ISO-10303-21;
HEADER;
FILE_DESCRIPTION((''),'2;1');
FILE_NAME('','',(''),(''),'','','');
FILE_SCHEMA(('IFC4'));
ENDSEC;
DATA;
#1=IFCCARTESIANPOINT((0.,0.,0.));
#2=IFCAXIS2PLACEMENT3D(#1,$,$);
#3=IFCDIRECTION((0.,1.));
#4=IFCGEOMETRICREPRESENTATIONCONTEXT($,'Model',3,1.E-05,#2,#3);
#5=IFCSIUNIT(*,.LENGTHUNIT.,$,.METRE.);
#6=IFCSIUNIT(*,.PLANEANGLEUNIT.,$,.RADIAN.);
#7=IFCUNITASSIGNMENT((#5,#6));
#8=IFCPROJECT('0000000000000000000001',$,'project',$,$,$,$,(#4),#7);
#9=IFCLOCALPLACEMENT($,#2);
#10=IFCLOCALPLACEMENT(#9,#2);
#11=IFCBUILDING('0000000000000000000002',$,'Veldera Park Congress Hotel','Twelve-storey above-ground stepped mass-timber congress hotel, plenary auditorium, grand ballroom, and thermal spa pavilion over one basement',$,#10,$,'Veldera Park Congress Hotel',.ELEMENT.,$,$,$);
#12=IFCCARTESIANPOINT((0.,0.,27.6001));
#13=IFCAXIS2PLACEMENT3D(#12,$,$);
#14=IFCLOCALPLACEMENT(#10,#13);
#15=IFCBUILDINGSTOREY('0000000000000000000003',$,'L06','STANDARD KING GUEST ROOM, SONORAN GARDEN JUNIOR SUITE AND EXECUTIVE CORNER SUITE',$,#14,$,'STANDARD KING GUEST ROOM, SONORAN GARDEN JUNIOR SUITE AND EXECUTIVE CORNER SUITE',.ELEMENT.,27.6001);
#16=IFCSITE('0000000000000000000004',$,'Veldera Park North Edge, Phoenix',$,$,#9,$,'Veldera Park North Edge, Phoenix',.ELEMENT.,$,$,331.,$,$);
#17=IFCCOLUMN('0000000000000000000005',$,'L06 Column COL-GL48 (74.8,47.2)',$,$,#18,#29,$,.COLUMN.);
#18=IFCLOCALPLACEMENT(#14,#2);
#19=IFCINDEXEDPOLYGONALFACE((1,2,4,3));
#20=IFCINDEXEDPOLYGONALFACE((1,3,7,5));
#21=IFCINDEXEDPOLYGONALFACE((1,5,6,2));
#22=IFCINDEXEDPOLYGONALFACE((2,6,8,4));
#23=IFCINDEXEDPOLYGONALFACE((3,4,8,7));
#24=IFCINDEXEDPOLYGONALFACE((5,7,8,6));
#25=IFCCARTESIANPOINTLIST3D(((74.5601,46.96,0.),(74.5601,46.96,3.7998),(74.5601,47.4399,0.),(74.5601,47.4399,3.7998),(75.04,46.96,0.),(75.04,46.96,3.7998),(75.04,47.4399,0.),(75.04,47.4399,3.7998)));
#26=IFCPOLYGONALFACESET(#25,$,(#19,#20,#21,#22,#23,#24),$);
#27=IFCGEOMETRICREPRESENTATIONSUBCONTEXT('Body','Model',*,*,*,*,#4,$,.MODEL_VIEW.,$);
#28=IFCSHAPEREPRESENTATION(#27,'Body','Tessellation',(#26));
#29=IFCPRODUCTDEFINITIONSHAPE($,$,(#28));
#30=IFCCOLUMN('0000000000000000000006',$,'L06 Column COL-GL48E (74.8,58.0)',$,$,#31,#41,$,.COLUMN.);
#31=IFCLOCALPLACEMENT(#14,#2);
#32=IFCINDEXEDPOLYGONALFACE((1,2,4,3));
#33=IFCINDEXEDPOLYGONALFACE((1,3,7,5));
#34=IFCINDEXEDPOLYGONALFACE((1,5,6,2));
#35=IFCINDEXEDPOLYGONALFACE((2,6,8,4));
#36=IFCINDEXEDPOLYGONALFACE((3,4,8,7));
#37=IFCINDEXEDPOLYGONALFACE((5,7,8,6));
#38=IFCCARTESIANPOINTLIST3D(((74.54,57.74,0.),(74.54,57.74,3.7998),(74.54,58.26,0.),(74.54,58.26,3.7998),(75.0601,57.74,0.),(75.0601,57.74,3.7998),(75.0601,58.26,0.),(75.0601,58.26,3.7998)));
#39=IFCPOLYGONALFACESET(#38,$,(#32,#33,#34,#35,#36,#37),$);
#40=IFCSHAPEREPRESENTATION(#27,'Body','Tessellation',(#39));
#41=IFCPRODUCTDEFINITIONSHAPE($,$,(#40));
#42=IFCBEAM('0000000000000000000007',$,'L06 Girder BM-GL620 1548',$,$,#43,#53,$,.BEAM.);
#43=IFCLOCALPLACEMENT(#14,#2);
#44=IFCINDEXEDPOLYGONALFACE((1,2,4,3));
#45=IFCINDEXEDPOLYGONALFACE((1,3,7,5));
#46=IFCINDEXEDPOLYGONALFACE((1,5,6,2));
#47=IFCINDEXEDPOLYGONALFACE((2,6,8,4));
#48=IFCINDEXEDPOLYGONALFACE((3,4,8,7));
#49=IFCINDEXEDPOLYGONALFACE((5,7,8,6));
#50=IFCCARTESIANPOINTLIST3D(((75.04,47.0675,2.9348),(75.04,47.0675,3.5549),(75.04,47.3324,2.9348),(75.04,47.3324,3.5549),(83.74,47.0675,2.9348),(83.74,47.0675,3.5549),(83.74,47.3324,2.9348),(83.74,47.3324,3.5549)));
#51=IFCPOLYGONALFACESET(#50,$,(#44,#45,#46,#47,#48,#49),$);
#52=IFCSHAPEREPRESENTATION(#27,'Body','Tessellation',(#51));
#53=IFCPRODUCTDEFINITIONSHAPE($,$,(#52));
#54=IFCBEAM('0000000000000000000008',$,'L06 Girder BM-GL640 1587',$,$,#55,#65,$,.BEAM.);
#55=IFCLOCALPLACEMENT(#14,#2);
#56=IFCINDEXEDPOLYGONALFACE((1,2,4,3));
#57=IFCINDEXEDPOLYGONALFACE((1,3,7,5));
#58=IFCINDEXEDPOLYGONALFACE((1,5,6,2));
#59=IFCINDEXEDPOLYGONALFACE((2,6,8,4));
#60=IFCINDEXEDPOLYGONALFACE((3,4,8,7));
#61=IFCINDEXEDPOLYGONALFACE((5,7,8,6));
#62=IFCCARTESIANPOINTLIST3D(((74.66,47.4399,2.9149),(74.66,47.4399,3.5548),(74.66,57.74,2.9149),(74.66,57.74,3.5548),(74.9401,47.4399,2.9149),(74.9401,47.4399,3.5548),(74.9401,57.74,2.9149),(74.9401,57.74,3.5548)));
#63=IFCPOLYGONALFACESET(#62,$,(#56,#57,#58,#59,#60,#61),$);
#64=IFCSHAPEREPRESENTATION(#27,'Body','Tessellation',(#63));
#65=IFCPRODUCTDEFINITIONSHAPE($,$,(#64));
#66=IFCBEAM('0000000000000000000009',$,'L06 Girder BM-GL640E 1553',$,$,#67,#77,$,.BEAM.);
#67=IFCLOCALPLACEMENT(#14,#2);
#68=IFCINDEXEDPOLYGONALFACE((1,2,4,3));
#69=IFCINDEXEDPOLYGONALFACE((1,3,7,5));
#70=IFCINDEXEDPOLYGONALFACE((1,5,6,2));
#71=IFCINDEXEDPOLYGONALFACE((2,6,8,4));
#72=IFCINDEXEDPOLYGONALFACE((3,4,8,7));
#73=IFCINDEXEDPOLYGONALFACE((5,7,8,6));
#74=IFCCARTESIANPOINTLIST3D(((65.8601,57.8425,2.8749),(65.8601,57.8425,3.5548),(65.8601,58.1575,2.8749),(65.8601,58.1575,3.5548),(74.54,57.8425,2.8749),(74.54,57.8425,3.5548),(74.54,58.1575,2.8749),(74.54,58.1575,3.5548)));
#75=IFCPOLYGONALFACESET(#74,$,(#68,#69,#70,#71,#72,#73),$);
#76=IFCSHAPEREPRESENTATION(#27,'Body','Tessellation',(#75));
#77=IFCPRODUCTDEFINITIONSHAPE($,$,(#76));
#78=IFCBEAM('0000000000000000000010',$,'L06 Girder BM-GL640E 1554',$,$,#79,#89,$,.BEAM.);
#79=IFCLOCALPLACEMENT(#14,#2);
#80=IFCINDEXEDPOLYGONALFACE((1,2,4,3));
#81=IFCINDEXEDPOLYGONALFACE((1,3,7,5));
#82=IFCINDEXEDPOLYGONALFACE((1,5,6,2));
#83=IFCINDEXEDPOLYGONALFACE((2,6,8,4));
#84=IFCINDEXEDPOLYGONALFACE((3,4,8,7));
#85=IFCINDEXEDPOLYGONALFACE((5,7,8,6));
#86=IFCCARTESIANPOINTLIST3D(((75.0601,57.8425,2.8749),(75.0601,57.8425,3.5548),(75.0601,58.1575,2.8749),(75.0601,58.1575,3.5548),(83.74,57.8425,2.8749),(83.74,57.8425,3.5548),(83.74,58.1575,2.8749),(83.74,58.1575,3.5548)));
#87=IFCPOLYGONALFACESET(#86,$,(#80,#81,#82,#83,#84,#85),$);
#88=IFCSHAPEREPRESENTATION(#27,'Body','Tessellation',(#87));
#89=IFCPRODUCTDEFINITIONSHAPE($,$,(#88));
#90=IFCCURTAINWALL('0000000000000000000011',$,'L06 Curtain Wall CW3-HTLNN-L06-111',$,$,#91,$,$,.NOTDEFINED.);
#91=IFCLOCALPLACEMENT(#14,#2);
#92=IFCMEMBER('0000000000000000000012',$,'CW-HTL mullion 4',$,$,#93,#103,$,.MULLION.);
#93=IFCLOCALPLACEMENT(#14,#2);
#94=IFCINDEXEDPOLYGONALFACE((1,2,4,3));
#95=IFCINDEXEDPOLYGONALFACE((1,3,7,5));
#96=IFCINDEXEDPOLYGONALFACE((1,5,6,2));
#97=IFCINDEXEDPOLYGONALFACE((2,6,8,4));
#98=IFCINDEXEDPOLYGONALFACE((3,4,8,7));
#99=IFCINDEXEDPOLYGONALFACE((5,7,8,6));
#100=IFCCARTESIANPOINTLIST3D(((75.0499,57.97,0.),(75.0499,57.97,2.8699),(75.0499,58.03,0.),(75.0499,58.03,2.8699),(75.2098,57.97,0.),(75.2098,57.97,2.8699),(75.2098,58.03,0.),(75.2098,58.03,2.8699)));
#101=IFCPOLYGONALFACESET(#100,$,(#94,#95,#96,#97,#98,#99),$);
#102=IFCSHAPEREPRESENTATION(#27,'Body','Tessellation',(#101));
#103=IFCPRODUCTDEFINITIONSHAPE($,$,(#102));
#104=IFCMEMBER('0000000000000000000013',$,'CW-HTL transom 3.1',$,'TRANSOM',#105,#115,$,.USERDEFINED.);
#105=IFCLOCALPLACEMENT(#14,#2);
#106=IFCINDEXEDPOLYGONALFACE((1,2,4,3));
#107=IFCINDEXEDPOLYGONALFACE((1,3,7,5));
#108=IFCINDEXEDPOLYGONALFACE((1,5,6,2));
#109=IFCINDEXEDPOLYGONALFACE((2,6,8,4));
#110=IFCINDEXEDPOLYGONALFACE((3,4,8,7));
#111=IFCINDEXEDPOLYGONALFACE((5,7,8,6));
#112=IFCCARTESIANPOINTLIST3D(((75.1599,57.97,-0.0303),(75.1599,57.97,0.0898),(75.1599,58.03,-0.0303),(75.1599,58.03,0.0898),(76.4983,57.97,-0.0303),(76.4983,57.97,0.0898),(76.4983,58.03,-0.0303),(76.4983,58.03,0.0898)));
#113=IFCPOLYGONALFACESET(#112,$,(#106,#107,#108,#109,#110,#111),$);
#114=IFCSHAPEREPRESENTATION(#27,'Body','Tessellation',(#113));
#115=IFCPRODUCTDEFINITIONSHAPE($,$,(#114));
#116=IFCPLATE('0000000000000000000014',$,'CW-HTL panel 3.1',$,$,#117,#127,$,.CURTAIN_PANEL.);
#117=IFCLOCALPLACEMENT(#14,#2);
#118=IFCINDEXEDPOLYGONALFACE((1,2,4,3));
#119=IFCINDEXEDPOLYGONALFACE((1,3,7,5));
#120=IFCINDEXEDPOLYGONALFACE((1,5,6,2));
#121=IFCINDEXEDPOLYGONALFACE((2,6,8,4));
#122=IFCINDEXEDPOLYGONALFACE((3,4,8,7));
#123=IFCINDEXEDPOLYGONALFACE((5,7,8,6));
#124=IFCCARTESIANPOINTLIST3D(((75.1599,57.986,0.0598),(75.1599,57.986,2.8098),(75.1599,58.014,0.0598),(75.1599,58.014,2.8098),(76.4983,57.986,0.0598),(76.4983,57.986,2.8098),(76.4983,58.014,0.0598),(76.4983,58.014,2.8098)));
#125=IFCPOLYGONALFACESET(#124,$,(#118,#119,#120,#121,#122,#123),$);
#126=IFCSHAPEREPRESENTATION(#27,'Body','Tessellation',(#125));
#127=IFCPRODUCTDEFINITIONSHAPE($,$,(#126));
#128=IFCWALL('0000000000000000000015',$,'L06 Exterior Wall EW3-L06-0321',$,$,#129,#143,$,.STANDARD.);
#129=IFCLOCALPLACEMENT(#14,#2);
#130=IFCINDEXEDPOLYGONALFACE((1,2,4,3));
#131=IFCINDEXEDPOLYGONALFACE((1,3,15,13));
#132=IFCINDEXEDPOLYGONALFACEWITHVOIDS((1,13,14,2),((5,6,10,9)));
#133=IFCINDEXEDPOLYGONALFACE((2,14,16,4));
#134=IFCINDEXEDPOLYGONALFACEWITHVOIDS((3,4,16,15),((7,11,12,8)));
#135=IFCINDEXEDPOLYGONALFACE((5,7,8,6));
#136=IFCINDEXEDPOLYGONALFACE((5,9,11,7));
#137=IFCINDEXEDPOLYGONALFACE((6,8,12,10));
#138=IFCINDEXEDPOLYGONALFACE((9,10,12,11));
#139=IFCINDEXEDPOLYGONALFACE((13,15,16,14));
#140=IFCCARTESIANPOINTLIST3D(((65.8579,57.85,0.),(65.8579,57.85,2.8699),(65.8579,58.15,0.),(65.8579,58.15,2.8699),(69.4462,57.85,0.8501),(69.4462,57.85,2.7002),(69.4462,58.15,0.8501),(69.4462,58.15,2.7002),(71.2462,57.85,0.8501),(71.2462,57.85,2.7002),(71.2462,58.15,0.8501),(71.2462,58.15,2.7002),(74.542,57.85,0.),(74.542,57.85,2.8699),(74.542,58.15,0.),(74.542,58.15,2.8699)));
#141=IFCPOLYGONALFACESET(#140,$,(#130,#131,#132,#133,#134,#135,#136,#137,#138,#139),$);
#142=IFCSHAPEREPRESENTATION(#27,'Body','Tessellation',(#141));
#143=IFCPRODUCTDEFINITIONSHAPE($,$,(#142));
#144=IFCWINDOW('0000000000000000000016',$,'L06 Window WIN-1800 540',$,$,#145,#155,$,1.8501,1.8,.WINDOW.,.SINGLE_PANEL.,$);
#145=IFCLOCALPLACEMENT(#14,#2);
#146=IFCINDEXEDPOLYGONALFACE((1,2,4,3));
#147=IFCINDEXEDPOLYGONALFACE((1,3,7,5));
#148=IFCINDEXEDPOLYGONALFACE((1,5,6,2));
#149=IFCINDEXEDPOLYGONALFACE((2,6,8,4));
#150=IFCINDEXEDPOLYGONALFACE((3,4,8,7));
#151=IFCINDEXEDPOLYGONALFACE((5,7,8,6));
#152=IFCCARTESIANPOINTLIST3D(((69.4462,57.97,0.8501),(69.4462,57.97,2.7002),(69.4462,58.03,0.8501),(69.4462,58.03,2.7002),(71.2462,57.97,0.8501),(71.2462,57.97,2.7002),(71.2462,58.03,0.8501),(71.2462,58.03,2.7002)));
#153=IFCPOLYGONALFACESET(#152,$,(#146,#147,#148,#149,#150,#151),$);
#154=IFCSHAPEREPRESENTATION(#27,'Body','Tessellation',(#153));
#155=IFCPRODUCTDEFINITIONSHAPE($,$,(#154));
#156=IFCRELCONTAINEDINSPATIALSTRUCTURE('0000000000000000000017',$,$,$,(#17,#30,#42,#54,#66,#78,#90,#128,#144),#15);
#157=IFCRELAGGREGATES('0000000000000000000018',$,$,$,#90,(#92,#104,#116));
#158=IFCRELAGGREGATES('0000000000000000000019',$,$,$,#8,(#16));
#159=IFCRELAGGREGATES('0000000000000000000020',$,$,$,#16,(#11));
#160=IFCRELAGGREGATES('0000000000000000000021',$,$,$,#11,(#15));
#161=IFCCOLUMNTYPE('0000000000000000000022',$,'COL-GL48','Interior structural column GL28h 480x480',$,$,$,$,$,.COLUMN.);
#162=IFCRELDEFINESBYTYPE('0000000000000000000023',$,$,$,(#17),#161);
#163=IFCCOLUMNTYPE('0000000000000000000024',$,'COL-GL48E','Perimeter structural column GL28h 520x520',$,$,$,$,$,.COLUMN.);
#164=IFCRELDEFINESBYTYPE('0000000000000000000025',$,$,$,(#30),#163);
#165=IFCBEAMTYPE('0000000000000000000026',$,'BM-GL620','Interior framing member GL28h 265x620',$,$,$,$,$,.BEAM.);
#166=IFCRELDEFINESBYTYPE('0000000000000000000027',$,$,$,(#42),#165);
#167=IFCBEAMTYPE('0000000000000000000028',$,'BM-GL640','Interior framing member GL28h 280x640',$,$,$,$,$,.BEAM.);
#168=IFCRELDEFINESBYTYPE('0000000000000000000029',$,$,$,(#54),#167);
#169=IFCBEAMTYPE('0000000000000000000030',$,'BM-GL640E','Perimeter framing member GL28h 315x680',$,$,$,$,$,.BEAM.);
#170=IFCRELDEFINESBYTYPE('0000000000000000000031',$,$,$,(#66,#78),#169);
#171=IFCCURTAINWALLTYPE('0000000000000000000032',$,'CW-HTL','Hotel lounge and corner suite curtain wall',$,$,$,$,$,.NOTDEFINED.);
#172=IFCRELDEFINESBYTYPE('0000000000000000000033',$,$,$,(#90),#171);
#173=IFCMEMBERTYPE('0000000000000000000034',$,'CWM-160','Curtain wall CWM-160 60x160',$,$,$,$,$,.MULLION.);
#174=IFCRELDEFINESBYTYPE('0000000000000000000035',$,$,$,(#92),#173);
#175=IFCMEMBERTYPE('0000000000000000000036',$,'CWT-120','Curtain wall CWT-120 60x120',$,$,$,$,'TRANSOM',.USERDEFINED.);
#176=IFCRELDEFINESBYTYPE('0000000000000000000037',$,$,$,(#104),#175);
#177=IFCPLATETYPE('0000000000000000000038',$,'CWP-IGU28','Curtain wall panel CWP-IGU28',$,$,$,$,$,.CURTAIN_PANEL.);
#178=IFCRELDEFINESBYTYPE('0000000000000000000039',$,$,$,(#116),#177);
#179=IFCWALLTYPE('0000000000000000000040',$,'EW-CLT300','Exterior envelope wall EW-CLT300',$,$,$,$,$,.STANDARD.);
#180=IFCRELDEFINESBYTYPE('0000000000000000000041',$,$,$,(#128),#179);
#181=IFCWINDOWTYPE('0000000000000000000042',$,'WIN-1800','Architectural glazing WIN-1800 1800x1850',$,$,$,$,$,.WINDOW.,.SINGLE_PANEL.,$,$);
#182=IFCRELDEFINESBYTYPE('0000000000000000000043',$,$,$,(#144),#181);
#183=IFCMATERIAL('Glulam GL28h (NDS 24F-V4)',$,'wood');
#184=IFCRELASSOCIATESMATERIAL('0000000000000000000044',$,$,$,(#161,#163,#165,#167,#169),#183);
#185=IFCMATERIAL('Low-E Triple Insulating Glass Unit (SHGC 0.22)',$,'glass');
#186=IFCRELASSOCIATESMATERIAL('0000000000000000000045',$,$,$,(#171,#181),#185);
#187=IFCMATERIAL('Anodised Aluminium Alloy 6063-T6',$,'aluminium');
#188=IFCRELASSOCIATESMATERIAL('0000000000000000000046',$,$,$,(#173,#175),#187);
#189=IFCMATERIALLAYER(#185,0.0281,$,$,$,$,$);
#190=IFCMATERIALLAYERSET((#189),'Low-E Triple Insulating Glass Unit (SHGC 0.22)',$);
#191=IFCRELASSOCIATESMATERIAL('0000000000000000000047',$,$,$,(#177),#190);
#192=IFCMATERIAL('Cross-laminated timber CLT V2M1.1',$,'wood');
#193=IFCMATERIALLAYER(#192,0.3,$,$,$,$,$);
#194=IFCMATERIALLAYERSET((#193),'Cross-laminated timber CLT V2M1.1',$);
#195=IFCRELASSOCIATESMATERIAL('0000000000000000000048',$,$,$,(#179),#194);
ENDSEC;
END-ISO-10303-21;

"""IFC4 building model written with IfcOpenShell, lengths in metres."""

from ifc_helpers import new_model, si_unit, direction, frame, frame_2d, origin, origin_2d, place, context, subcontext, project, spatial, rectangle, extrude, material, layer, layer_set, material_profile, profile_set, type_object, element, fill, aggregate, save


model = new_model("IFC4")

# Units and contexts
model_context = context("Model", 3, precision=1e-05, world=origin(), true_north=direction((0.0, 1.0)))
body_context = subcontext(model_context, "Body", "Model", "MODEL_VIEW")
ifc_project = project(units=[si_unit("LENGTHUNIT", "METRE"), si_unit("PLANEANGLEUNIT", "RADIAN")], contexts=[model_context])

# Site, building, storey
site_placement = place(None, origin())
site = spatial("IfcSite", under=ifc_project, at=site_placement, Name="Veldera Park North Edge, Phoenix", LongName="Veldera Park North Edge, Phoenix", CompositionType="ELEMENT", RefElevation=331.0)
building_placement = place(site_placement, origin())
building = spatial("IfcBuilding", under=site, at=building_placement, Name="Veldera Park Congress Hotel", Description="Twelve-storey above-ground stepped mass-timber congress hotel, plenary auditorium, grand ballroom, and thermal spa pavilion over one basement", LongName="Veldera Park Congress Hotel", CompositionType="ELEMENT")
storey_placement = place(building_placement, frame((0.0, 0.0, 27.6001)))
storey = spatial("IfcBuildingStorey", under=building, at=storey_placement, Name="L06", Description="STANDARD KING GUEST ROOM, SONORAN GARDEN JUNIOR SUITE AND EXECUTIVE CORNER SUITE", LongName="STANDARD KING GUEST ROOM, SONORAN GARDEN JUNIOR SUITE AND EXECUTIVE CORNER SUITE", CompositionType="ELEMENT", Elevation=27.6001)

# Columns
ifc_material_1 = material(Name="Glulam GL28h (NDS 24F-V4)", Category="wood")
ifc_material_profile_1 = material_profile(ifc_material_1, rectangle(XDim=0.48, YDim=0.48, at=origin_2d()), Name="GL28h 480x480")
ifc_profile_set_1 = profile_set([ifc_material_profile_1], Name="Glulam GL28h (NDS 24F-V4)")
column_type_1 = type_object("IfcColumnType", Name="COL-GL48", Description="Interior structural column GL28h 480x480", PredefinedType="COLUMN", material=ifc_profile_set_1)
column_1_placement = place(storey_placement, frame((74.8, 47.2, 0.0), z_axis=(0.0, 0.0, 1.0), x_axis=(1.0, 0.0, 0.0)))
element("IfcColumn", 1, at=column_1_placement, inside=storey, type_object=column_type_1, Name="L06 Column COL-GL48 (74.8,47.2)", PredefinedType="COLUMN", context=body_context, shape_type="SweptSolid", body=[
    extrude(rectangle(XDim=0.48, YDim=0.48, at=origin_2d()), origin(), (0.0, 0.0, 1.0), 3.7998),
])
ifc_material_profile_2 = material_profile(ifc_material_1, rectangle(XDim=0.52, YDim=0.52, at=origin_2d()), Name="GL28h 520x520")
ifc_profile_set_2 = profile_set([ifc_material_profile_2], Name="Glulam GL28h (NDS 24F-V4)")
column_type_2 = type_object("IfcColumnType", Name="COL-GL48E", Description="Perimeter structural column GL28h 520x520", PredefinedType="COLUMN", material=ifc_profile_set_2)
column_2_placement = place(storey_placement, frame((74.8, 58.0, 0.0), z_axis=(0.0, 0.0, 1.0), x_axis=(1.0, 0.0, 0.0)))
element("IfcColumn", 2, at=column_2_placement, inside=storey, type_object=column_type_2, Name="L06 Column COL-GL48E (74.8,58.0)", PredefinedType="COLUMN", context=body_context, shape_type="SweptSolid", body=[
    extrude(rectangle(XDim=0.52, YDim=0.52, at=origin_2d()), origin(), (0.0, 0.0, 1.0), 3.7998),
])

# Beams
ifc_material_profile_3 = material_profile(ifc_material_1, rectangle(XDim=0.2649, YDim=0.6201, at=origin_2d()), Name="GL28h 265x620")
ifc_profile_set_3 = profile_set([ifc_material_profile_3], Name="Glulam GL28h (NDS 24F-V4)")
beam_type_1 = type_object("IfcBeamType", Name="BM-GL620", Description="Interior framing member GL28h 265x620", PredefinedType="BEAM", material=ifc_profile_set_3)
beam_1_placement = place(storey_placement, frame((75.04, 47.2, 3.2449), z_axis=(1.0, 0.0, 0.0), x_axis=(0.0, 1.0, 0.0)))
element("IfcBeam", 3, at=beam_1_placement, inside=storey, type_object=beam_type_1, Name="L06 Girder BM-GL620 1548", PredefinedType="BEAM", context=body_context, shape_type="SweptSolid", body=[
    extrude(rectangle(XDim=0.2649, YDim=0.6201, at=origin_2d()), origin(), (0.0, 0.0, 1.0), 8.7),
])
ifc_material_profile_4 = material_profile(ifc_material_1, rectangle(XDim=0.28, YDim=0.6399, at=origin_2d()), Name="GL28h 280x640")
ifc_profile_set_4 = profile_set([ifc_material_profile_4], Name="Glulam GL28h (NDS 24F-V4)")
beam_type_2 = type_object("IfcBeamType", Name="BM-GL640", Description="Interior framing member GL28h 280x640", PredefinedType="BEAM", material=ifc_profile_set_4)
beam_2_placement = place(storey_placement, frame((74.8, 47.4399, 3.2349), z_axis=(0.0, 1.0, 0.0), x_axis=(-1.0, 0.0, 0.0)))
element("IfcBeam", 4, at=beam_2_placement, inside=storey, type_object=beam_type_2, Name="L06 Girder BM-GL640 1587", PredefinedType="BEAM", context=body_context, shape_type="SweptSolid", body=[
    extrude(rectangle(XDim=0.28, YDim=0.6399, at=origin_2d()), origin(), (0.0, 0.0, 1.0), 10.3),
])
ifc_material_profile_5 = material_profile(ifc_material_1, rectangle(XDim=0.3149, YDim=0.6799, at=origin_2d()), Name="GL28h 315x680")
ifc_profile_set_5 = profile_set([ifc_material_profile_5], Name="Glulam GL28h (NDS 24F-V4)")
beam_type_3 = type_object("IfcBeamType", Name="BM-GL640E", Description="Perimeter framing member GL28h 315x680", PredefinedType="BEAM", material=ifc_profile_set_5)
for number, where, z_axis, x_axis, name in (
    (5, (65.8601, 58.0, 3.2148), (1.0, 0.0, 0.0), (0.0, 1.0, 0.0), "L06 Girder BM-GL640E 1553"),
    (6, (75.0601, 58.0, 3.2148), (1.0, 0.0, 0.0), (0.0, 1.0, 0.0), "L06 Girder BM-GL640E 1554"),
):
    element("IfcBeam", number, at=place(storey_placement, frame(where, z_axis=z_axis, x_axis=x_axis)), inside=storey, type_object=beam_type_3, Name=name, PredefinedType="BEAM", context=body_context, shape_type="SweptSolid", body=[
        extrude(rectangle(XDim=0.3149, YDim=0.6799, at=origin_2d()), origin(), (0.0, 0.0, 1.0), 8.6799),
    ])

# Curtain wall, members, plate
ifc_material_2 = material(Name="Low-E Triple Insulating Glass Unit (SHGC 0.22)", Category="glass")
curtain_wall_type = type_object("IfcCurtainWallType", Name="CW-HTL", Description="Hotel lounge and corner suite curtain wall", PredefinedType="NOTDEFINED", material=ifc_material_2)
curtain_wall_placement = place(storey_placement, origin())
curtain_wall = element("IfcCurtainWall", 7, at=curtain_wall_placement, inside=storey, type_object=curtain_wall_type, Name="L06 Curtain Wall CW3-HTLNN-L06-111", PredefinedType="NOTDEFINED")
ifc_material_3 = material(Name="Anodised Aluminium Alloy 6063-T6", Category="aluminium")
ifc_material_profile_6 = material_profile(ifc_material_3, rectangle(XDim=0.0601, YDim=0.1599, at=origin_2d()), Name="ALU 60x160")
ifc_profile_set_6 = profile_set([ifc_material_profile_6], Name="Anodised Aluminium Alloy 6063-T6")
member_type_1 = type_object("IfcMemberType", Name="CWM-160", Description="Curtain wall CWM-160 60x160", PredefinedType="MULLION", material=ifc_profile_set_6)
member_1_placement = place(storey_placement, frame((75.1299, 58.0, 0.0), z_axis=(0.0, 0.0, 1.0), x_axis=(0.0, -1.0, 0.0)))
member_1 = element("IfcMember", 8, at=member_1_placement, type_object=member_type_1, Name="CW-HTL mullion 4", PredefinedType="MULLION", context=body_context, shape_type="SweptSolid", body=[
    extrude(rectangle(XDim=0.0601, YDim=0.1599, at=origin_2d()), origin(), (0.0, 0.0, 1.0), 2.8699),
])
ifc_material_profile_7 = material_profile(ifc_material_3, rectangle(XDim=0.0601, YDim=0.1201, at=origin_2d()), Name="ALU 60x120")
ifc_profile_set_7 = profile_set([ifc_material_profile_7], Name="Anodised Aluminium Alloy 6063-T6")
member_type_2 = type_object("IfcMemberType", Name="CWT-120", Description="Curtain wall CWT-120 60x120", ElementType="TRANSOM", PredefinedType="USERDEFINED", material=ifc_profile_set_7)
member_2_placement = place(storey_placement, frame((76.4983, 58.0, 0.0298), z_axis=(-1.0, 0.0, 0.0), x_axis=(0.0, -1.0, 0.0)))
member_2 = element("IfcMember", 9, at=member_2_placement, type_object=member_type_2, Name="CW-HTL transom 3.1", ObjectType="TRANSOM", PredefinedType="USERDEFINED", context=body_context, shape_type="SweptSolid", body=[
    extrude(rectangle(XDim=0.0601, YDim=0.1201, at=origin_2d()), origin(), (0.0, 0.0, 1.0), 1.3384),
])
ifc_layer_1 = layer(ifc_material_2, 0.0281)
ifc_layer_set_1 = layer_set([ifc_layer_1], Name="Low-E Triple Insulating Glass Unit (SHGC 0.22)")
plate_type = type_object("IfcPlateType", Name="CWP-IGU28", Description="Curtain wall panel CWP-IGU28", PredefinedType="CURTAIN_PANEL", material=ifc_layer_set_1)
plate_placement = place(storey_placement, frame((75.8291, 58.0, 0.0598), z_axis=(0.0, 0.0, 1.0), x_axis=(-1.0, 0.0, 0.0)))
plate = element("IfcPlate", 10, at=plate_placement, type_object=plate_type, Name="CW-HTL panel 3.1", PredefinedType="CURTAIN_PANEL", context=body_context, shape_type="SweptSolid", body=[
    extrude(rectangle(XDim=1.3384, YDim=0.0281, at=origin_2d()), origin(), (0.0, 0.0, 1.0), 2.75),
])
aggregate(curtain_wall, [member_1, member_2, plate])

# Wall, opening, window
ifc_material_4 = material(Name="Cross-laminated timber CLT V2M1.1", Category="wood")
ifc_layer_2 = layer(ifc_material_4, 0.3)
ifc_layer_set_2 = layer_set([ifc_layer_2], Name="Cross-laminated timber CLT V2M1.1")
wall_type_1 = type_object("IfcWallType", Name="EW-CLT300", Description="Exterior envelope wall EW-CLT300", PredefinedType="STANDARD", material=ifc_layer_set_2)
wall_1_placement = place(storey_placement, frame((74.542, 58.0, 0.0), z_axis=(0.0, 0.0, 1.0), x_axis=(-1.0, 0.0, 0.0)))
wall_1 = element("IfcWall", 11, at=wall_1_placement, inside=storey, type_object=wall_type_1, Name="L06 Exterior Wall EW3-L06-0321", PredefinedType="STANDARD", context=body_context, shape_type="SweptSolid", body=[
    extrude(rectangle(XDim=8.6841, YDim=0.3, at=frame_2d((4.342, 0.0))), origin(), (0.0, 0.0, 1.0), 2.8699),
])
opening_1_placement = place(wall_1_placement, frame((3.2959, 0.0, 0.8501)))
opening_1 = element("IfcOpeningElement", 12, at=opening_1_placement, cuts=wall_1, PredefinedType="OPENING", context=body_context, shape_type="SweptSolid", body=[
    extrude(rectangle(XDim=1.8, YDim=1.8501, at=frame_2d((0.8999, 0.925))), frame((0.0, 0.1621, 0.0), z_axis=(0.0, -1.0, 0.0), x_axis=(1.0, 0.0, 0.0)), (0.0, 0.0, 1.0), 0.324),
])
window_type = type_object("IfcWindowType", Name="WIN-1800", Description="Architectural glazing WIN-1800 1800x1850", PartitioningType="SINGLE_PANEL", PredefinedType="WINDOW", material=ifc_material_2)
window_placement = place(opening_1_placement, origin())
window = element("IfcWindow", 13, at=window_placement, inside=storey, type_object=window_type, Name="L06 Window WIN-1800 540", OverallHeight=1.8501, OverallWidth=1.8, PartitioningType="SINGLE_PANEL", PredefinedType="WINDOW", context=body_context, shape_type="SweptSolid", body=[
    extrude(rectangle(XDim=1.8, YDim=1.8501, at=frame_2d((0.8999, 0.925))), frame((0.0, 0.03, 0.0), z_axis=(0.0, -1.0, 0.0), x_axis=(1.0, 0.0, 0.0)), (0.0, 0.0, 1.0), 0.0601),
])
fill(opening_1, window)

save(model, "model.ifc")
